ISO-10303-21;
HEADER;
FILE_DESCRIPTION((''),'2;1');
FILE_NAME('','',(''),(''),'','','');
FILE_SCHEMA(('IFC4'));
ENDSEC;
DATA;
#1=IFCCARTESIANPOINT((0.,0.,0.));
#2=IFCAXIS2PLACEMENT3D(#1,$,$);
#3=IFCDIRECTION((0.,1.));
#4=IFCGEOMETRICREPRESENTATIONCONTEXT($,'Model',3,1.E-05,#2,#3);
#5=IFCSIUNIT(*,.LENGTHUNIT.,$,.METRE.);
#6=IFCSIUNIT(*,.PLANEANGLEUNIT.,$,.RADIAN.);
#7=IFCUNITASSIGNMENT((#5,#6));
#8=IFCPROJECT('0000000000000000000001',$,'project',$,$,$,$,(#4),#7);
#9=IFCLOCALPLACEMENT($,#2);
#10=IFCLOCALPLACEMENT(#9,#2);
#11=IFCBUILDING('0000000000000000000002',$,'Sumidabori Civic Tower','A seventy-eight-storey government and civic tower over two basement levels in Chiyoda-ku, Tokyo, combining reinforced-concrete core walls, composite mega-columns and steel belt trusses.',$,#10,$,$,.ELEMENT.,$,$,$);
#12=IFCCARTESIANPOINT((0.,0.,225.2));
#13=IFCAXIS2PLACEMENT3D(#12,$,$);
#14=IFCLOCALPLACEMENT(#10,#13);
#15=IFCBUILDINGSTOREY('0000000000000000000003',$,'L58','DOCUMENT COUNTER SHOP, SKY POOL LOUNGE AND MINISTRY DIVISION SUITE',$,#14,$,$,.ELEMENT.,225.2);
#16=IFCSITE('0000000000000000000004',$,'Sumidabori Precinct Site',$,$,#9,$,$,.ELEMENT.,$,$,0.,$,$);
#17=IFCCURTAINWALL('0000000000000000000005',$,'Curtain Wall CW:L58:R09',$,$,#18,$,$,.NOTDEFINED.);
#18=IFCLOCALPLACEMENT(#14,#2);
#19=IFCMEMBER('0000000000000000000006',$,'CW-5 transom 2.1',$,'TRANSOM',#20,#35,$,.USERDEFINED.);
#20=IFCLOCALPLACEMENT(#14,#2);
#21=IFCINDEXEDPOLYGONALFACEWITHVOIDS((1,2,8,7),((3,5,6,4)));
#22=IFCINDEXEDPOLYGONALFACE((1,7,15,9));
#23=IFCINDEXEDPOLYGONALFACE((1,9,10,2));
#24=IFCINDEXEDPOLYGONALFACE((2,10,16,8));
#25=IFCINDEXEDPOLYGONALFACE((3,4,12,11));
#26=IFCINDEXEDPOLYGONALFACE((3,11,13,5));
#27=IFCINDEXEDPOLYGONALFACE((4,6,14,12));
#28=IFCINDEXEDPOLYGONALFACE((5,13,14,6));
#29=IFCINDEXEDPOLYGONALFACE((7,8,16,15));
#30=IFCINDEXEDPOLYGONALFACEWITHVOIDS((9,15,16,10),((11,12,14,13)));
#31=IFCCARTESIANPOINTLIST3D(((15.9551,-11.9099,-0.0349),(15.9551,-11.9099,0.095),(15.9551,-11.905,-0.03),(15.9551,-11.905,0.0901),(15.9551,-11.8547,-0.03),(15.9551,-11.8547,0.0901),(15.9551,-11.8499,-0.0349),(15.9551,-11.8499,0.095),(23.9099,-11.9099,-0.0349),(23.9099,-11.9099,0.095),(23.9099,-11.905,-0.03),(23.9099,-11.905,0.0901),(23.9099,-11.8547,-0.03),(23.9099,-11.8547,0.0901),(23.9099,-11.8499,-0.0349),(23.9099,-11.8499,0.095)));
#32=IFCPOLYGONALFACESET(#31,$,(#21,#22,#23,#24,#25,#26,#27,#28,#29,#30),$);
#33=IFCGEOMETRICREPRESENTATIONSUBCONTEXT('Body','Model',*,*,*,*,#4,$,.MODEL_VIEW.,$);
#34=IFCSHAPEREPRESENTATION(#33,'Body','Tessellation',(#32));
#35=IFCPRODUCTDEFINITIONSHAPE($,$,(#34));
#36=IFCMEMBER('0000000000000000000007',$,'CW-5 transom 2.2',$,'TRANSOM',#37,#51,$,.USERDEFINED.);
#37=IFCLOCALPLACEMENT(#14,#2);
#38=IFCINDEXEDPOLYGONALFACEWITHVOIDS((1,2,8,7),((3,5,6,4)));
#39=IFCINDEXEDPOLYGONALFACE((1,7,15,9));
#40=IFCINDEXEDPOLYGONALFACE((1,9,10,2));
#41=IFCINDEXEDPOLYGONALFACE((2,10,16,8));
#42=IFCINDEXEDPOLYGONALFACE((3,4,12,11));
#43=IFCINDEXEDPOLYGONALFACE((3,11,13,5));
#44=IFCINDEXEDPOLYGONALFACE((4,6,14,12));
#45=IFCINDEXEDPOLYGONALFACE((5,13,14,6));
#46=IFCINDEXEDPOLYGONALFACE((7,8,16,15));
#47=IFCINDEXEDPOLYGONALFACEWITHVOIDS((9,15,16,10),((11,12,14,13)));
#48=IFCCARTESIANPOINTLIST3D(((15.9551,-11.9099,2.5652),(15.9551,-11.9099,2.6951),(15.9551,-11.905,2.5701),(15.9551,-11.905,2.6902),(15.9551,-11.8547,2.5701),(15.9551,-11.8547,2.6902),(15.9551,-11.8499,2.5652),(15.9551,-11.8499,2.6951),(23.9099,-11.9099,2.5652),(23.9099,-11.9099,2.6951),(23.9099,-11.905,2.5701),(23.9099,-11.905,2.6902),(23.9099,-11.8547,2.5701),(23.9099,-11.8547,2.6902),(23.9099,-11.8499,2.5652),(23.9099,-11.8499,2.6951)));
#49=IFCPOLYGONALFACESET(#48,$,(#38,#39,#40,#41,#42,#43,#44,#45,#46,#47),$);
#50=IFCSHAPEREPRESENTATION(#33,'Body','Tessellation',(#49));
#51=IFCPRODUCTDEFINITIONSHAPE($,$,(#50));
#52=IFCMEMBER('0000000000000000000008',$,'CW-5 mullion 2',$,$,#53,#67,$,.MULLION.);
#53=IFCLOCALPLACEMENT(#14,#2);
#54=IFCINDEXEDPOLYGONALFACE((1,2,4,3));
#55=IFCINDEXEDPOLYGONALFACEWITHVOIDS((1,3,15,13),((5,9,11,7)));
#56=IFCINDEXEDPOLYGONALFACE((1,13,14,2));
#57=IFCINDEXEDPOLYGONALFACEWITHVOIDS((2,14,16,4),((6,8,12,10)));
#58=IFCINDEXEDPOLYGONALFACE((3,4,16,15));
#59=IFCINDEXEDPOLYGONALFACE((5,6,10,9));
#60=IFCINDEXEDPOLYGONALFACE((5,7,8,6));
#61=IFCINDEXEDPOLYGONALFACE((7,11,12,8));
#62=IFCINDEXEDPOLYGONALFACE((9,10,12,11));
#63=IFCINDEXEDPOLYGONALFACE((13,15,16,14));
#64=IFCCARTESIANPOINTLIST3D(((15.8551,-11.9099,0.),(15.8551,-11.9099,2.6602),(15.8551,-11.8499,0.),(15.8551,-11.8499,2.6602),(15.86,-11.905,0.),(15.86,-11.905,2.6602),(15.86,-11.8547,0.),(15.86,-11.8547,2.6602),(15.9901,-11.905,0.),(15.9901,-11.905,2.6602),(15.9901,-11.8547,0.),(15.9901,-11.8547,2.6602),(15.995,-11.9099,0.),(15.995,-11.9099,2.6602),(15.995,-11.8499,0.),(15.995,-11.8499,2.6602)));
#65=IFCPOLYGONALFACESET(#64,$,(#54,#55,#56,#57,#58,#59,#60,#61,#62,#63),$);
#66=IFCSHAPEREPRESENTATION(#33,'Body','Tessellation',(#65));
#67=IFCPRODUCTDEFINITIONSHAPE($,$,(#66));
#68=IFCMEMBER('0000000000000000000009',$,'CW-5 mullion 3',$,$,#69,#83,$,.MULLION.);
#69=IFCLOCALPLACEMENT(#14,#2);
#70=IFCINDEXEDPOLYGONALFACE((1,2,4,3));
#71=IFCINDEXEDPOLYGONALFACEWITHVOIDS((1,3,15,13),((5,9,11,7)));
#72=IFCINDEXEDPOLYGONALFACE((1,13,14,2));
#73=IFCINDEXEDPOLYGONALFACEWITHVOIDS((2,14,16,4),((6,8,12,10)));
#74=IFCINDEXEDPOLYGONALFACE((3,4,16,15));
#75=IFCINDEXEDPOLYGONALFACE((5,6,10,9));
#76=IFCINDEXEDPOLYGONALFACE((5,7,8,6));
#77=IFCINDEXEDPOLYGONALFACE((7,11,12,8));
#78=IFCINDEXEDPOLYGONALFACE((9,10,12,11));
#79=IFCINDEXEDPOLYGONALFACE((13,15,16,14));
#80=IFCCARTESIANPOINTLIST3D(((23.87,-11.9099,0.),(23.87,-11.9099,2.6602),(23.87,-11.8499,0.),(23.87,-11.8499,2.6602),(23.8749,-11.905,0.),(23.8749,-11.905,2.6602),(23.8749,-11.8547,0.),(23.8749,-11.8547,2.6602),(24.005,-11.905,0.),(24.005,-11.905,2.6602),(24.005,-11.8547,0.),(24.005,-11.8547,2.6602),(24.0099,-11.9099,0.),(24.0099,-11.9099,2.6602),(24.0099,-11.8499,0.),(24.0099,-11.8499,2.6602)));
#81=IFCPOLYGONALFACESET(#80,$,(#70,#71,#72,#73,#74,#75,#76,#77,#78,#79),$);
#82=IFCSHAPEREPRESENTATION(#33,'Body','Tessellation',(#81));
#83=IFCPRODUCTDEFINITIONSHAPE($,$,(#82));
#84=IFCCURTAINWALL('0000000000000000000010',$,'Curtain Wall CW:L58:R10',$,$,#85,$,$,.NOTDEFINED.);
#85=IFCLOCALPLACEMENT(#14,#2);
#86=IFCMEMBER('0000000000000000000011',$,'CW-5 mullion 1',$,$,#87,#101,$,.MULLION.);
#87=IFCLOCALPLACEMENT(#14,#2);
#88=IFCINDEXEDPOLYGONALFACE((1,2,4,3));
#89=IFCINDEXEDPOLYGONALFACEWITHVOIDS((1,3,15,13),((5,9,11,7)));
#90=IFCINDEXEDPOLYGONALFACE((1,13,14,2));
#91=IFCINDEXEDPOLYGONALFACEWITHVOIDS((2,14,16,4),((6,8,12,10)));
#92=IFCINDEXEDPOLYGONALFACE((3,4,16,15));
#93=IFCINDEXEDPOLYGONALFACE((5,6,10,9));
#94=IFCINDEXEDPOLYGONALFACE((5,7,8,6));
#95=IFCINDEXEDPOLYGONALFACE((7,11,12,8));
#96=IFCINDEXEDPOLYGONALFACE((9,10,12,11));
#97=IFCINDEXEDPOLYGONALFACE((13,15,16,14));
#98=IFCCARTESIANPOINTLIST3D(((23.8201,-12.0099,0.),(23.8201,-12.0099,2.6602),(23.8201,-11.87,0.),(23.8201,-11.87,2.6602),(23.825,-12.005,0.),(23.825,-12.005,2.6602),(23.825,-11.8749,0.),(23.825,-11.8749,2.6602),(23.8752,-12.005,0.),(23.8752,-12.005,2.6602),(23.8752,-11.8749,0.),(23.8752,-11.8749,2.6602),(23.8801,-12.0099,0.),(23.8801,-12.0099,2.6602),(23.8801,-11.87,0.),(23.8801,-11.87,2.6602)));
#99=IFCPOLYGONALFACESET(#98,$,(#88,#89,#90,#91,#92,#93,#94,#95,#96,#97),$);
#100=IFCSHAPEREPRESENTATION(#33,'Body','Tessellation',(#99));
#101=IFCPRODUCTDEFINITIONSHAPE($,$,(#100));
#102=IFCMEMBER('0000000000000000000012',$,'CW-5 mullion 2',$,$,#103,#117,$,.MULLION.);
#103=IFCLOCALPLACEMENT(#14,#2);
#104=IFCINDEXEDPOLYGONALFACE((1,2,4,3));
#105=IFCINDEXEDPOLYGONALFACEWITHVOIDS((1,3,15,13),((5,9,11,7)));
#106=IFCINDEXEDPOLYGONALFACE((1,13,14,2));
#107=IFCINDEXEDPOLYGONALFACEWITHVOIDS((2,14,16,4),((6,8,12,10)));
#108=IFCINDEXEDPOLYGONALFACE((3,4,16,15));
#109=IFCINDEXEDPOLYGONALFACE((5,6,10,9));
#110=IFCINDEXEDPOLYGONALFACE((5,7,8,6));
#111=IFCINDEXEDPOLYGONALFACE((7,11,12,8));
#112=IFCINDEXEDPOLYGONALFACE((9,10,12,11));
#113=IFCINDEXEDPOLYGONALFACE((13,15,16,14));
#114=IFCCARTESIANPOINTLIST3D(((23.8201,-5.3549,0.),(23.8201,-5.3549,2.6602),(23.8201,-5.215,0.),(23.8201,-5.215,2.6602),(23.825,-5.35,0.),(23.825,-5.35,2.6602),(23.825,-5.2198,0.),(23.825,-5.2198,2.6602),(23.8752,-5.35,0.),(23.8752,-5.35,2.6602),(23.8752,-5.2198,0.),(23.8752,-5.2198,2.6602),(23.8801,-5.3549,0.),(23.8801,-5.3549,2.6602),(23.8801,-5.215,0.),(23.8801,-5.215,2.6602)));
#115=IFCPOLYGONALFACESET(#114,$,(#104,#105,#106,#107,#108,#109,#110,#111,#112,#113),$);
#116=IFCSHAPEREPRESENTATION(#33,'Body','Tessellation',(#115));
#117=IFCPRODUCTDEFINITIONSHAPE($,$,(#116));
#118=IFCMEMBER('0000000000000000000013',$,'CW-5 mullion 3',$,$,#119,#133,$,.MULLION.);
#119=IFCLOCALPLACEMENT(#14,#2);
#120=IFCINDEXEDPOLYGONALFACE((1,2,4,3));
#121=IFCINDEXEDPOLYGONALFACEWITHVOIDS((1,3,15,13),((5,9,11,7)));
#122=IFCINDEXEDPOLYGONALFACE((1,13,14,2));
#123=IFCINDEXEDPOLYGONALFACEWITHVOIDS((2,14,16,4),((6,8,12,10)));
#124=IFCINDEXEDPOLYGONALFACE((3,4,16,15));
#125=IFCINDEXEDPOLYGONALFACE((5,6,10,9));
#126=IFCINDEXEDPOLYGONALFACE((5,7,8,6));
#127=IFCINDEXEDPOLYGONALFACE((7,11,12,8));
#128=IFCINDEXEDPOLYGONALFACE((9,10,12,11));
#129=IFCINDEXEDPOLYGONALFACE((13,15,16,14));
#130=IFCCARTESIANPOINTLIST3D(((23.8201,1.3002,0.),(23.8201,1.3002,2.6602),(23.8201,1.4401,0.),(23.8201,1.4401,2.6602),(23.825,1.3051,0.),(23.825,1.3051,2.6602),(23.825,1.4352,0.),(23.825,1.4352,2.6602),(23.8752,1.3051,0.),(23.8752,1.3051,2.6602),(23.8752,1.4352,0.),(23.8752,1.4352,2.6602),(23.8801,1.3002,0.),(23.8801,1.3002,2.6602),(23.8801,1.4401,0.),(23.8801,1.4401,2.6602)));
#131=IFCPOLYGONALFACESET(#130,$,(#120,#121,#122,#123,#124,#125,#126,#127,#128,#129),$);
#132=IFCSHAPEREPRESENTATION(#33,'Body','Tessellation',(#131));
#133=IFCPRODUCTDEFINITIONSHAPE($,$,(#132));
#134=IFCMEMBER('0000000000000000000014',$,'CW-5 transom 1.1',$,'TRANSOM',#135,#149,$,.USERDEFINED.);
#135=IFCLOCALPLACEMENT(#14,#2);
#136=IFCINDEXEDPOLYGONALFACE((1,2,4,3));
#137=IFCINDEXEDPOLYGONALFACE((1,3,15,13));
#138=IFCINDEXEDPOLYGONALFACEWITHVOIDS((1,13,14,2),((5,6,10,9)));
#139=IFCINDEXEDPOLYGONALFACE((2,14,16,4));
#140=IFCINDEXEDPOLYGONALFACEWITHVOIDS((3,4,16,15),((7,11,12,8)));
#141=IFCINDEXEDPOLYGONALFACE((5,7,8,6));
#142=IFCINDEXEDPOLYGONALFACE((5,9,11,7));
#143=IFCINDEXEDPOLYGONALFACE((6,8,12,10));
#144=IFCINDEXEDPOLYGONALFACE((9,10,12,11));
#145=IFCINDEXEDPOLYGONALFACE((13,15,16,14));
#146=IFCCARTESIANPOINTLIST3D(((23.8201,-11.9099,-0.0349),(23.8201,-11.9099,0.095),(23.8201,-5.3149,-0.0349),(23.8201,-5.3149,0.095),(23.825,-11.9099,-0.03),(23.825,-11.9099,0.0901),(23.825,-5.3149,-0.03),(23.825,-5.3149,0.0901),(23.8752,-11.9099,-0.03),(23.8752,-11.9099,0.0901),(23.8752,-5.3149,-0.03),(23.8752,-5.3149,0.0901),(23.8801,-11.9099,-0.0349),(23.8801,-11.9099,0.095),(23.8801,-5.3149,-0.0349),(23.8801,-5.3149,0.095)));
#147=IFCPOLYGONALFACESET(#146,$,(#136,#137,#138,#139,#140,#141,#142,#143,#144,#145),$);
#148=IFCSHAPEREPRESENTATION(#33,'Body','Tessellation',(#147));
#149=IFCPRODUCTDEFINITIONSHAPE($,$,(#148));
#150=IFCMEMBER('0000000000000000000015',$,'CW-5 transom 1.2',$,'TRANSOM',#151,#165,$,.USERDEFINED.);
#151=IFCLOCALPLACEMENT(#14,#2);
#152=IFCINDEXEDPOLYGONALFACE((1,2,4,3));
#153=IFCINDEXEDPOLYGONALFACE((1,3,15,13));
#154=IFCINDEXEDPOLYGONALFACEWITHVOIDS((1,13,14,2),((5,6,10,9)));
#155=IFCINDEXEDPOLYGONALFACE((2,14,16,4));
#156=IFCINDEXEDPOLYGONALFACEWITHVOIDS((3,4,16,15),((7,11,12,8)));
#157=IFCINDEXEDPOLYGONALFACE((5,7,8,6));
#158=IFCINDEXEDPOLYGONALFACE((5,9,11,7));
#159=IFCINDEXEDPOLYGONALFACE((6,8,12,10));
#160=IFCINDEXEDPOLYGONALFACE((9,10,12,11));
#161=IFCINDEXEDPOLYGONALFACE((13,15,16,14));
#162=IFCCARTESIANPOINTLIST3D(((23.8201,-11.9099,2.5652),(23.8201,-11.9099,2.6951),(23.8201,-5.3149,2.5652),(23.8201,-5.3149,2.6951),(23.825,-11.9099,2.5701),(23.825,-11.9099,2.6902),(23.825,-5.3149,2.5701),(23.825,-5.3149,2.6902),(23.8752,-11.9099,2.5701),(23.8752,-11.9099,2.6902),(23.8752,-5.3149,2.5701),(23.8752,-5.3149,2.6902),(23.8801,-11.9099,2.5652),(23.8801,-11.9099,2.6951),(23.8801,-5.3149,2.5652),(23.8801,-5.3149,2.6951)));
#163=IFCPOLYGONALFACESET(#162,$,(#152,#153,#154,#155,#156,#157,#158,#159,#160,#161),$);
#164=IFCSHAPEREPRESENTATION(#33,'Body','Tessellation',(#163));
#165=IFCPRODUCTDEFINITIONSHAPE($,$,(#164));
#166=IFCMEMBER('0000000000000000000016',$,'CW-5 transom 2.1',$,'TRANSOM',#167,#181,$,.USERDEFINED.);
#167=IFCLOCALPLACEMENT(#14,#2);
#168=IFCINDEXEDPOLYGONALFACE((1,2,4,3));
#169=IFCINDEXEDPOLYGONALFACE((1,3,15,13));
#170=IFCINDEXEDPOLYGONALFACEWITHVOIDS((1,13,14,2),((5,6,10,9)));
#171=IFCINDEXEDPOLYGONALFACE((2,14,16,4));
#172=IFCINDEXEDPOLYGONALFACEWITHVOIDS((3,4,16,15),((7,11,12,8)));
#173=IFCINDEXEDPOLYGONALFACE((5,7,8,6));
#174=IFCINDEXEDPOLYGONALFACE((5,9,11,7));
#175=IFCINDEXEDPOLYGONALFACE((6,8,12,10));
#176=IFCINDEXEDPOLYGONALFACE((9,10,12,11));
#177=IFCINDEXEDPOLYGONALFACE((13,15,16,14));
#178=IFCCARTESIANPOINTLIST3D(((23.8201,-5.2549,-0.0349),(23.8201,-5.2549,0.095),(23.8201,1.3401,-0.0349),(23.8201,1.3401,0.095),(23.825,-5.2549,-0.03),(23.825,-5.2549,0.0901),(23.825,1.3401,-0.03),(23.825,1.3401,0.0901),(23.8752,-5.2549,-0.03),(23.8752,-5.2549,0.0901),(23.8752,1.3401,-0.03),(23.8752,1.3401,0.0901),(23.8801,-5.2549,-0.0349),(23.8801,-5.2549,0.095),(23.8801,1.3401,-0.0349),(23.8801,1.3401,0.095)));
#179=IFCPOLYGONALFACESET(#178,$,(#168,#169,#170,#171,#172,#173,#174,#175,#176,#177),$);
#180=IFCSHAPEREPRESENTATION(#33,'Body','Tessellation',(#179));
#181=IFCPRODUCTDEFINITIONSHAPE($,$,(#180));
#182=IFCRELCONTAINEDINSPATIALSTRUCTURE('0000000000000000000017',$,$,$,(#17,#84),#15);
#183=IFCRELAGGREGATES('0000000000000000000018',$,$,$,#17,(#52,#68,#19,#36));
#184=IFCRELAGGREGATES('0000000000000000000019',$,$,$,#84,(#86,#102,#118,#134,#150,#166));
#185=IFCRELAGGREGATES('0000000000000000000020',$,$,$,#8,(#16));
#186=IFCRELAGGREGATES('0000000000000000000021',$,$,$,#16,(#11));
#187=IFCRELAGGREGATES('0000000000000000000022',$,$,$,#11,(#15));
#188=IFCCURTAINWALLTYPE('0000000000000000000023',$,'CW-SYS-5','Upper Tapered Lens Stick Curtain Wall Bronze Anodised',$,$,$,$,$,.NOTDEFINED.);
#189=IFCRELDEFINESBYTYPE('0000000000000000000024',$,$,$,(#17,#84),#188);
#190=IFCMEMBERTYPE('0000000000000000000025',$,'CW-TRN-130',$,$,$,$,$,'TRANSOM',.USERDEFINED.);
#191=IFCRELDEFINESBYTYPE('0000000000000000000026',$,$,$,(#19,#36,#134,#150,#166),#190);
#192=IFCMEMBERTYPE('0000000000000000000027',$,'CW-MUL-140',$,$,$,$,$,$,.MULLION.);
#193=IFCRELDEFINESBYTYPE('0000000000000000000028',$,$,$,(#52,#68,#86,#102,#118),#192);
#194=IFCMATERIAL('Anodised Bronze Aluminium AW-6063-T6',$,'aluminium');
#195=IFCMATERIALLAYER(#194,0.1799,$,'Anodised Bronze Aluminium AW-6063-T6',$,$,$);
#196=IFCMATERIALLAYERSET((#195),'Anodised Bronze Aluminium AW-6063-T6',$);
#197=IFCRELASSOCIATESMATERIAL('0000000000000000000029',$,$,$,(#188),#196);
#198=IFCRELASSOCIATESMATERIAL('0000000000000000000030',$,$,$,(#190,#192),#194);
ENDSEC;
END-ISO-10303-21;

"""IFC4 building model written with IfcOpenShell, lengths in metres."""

from ifc_helpers import new_model, si_unit, direction, frame, origin, origin_2d, place, context, subcontext, project, spatial, hollow_rectangle, extrude, source, transform, mapped, material, layer, layer_set, material_profile, profile_set, type_object, element, aggregate, save


model = new_model("IFC4")

# Units and contexts
model_context = context("Model", 3, precision=1e-05, world=origin(), true_north=direction((0.0, 1.0)))
body_context = subcontext(model_context, "Body", "Model", "MODEL_VIEW")
ifc_project = project(units=[si_unit("LENGTHUNIT", "METRE"), si_unit("PLANEANGLEUNIT", "RADIAN")], contexts=[model_context])

# Site, building, storey
site_placement = place(None, origin())
site = spatial("IfcSite", under=ifc_project, at=site_placement, Name="Sumidabori Precinct Site", CompositionType="ELEMENT", RefElevation=0.0)
building_placement = place(site_placement, origin())
building = spatial("IfcBuilding", under=site, at=building_placement, Name="Sumidabori Civic Tower", Description="A seventy-eight-storey government and civic tower over two basement levels in Chiyoda-ku, Tokyo, combining reinforced-concrete core walls, composite mega-columns and steel belt trusses.", CompositionType="ELEMENT")
storey_placement = place(building_placement, frame((0.0, 0.0, 225.2)))
storey = spatial("IfcBuildingStorey", under=building, at=storey_placement, Name="L58", Description="DOCUMENT COUNTER SHOP, SKY POOL LOUNGE AND MINISTRY DIVISION SUITE", CompositionType="ELEMENT", Elevation=225.2)

# Curtain walls, members
ifc_material_1 = material(Name="Anodised Bronze Aluminium AW-6063-T6", Category="aluminium")
ifc_layer_1 = layer(ifc_material_1, 0.1799, Name="Anodised Bronze Aluminium AW-6063-T6")
ifc_layer_set_1 = layer_set([ifc_layer_1], Name="Anodised Bronze Aluminium AW-6063-T6")
curtain_wall_type = type_object("IfcCurtainWallType", Name="CW-SYS-5", Description="Upper Tapered Lens Stick Curtain Wall Bronze Anodised", PredefinedType="NOTDEFINED", material=ifc_layer_set_1)
curtain_wall_1_placement = place(storey_placement, origin())
curtain_wall_1 = element("IfcCurtainWall", 1, at=curtain_wall_1_placement, inside=storey, type_object=curtain_wall_type, Name="Curtain Wall CW:L58:R09", PredefinedType="NOTDEFINED")
ifc_material_profile_1 = material_profile(ifc_material_1, hollow_rectangle(XDim=0.0601, YDim=0.1299, WallThickness=0.0049, at=origin_2d()), Name="ALU TRANSOM 130x60")
ifc_profile_set_1 = profile_set([ifc_material_profile_1], Name="Anodised Bronze Aluminium AW-6063-T6")
member_type_1 = type_object("IfcMemberType", Name="CW-TRN-130", ElementType="TRANSOM", PredefinedType="USERDEFINED", material=ifc_profile_set_1)
shared_shape_1 = source(origin(), body_context, "Body", "SweptSolid", [
    extrude(hollow_rectangle(XDim=0.0601, YDim=0.1299, WallThickness=0.0049, at=origin_2d()), origin(), (0.0, 0.0, 1.0), 7.9548),
])
member_1_placement = place(storey_placement, frame((15.9551, -11.8799, 0.03), z_axis=(1.0, 0.0, 0.0), x_axis=(0.0, 1.0, 0.0)))
member_1 = element("IfcMember", 2, at=member_1_placement, type_object=member_type_1, Name="CW-5 transom 2.1", ObjectType="TRANSOM", PredefinedType="USERDEFINED", context=body_context, shape_type="MappedRepresentation", body=[
    mapped(shared_shape_1, transform((0.0, 0.0, 0.0), x_axis=(1.0, 0.0, 0.0), y_axis=(0.0, 1.0, 0.0), z_axis=(0.0, 0.0, 1.0), scale=1.0)),
])
member_2_placement = place(storey_placement, frame((15.9551, -11.8799, 2.6301), z_axis=(1.0, 0.0, 0.0), x_axis=(0.0, 1.0, 0.0)))
member_2 = element("IfcMember", 3, at=member_2_placement, type_object=member_type_1, Name="CW-5 transom 2.2", ObjectType="TRANSOM", PredefinedType="USERDEFINED", context=body_context, shape_type="MappedRepresentation", body=[
    mapped(shared_shape_1, transform((0.0, 0.0, 0.0), x_axis=(1.0, 0.0, 0.0), y_axis=(0.0, 1.0, 0.0), z_axis=(0.0, 0.0, 1.0), scale=1.0)),
])
ifc_material_profile_2 = material_profile(ifc_material_1, hollow_rectangle(XDim=0.0601, YDim=0.1399, WallThickness=0.0049, at=origin_2d()), Name="ALU MULLION 140x60")
ifc_profile_set_2 = profile_set([ifc_material_profile_2], Name="Anodised Bronze Aluminium AW-6063-T6")
member_type_2 = type_object("IfcMemberType", Name="CW-MUL-140", PredefinedType="MULLION", material=ifc_profile_set_2)
shared_shape_2 = source(origin(), body_context, "Body", "SweptSolid", [
    extrude(hollow_rectangle(XDim=0.0601, YDim=0.1399, WallThickness=0.0049, at=origin_2d()), origin(), (0.0, 0.0, 1.0), 2.6602),
])
member_3_placement = place(storey_placement, frame((15.925, -11.8799, 0.0), z_axis=(0.0, 0.0, 1.0), x_axis=(0.0, 1.0, 0.0)))
member_3 = element("IfcMember", 4, at=member_3_placement, type_object=member_type_2, Name="CW-5 mullion 2", PredefinedType="MULLION", context=body_context, shape_type="MappedRepresentation", body=[
    mapped(shared_shape_2, transform((0.0, 0.0, 0.0), x_axis=(1.0, 0.0, 0.0), y_axis=(0.0, 1.0, 0.0), z_axis=(0.0, 0.0, 1.0), scale=1.0)),
])
member_4_placement = place(storey_placement, frame((23.9399, -11.8799, 0.0), z_axis=(0.0, 0.0, 1.0), x_axis=(0.0, 1.0, 0.0)))
member_4 = element("IfcMember", 5, at=member_4_placement, type_object=member_type_2, Name="CW-5 mullion 3", PredefinedType="MULLION", context=body_context, shape_type="MappedRepresentation", body=[
    mapped(shared_shape_2, transform((0.0, 0.0, 0.0), x_axis=(1.0, 0.0, 0.0), y_axis=(0.0, 1.0, 0.0), z_axis=(0.0, 0.0, 1.0), scale=1.0)),
])
curtain_wall_2_placement = place(storey_placement, origin())
curtain_wall_2 = element("IfcCurtainWall", 6, at=curtain_wall_2_placement, inside=storey, type_object=curtain_wall_type, Name="Curtain Wall CW:L58:R10", PredefinedType="NOTDEFINED")
member_5_placement = place(storey_placement, frame((23.8501, -11.9399, 0.0), z_axis=(0.0, 0.0, 1.0), x_axis=(-1.0, 0.0, 0.0)))
member_5 = element("IfcMember", 7, at=member_5_placement, type_object=member_type_2, Name="CW-5 mullion 1", PredefinedType="MULLION", context=body_context, shape_type="MappedRepresentation", body=[
    mapped(shared_shape_2, transform((0.0, 0.0, 0.0), x_axis=(1.0, 0.0, 0.0), y_axis=(0.0, 1.0, 0.0), z_axis=(0.0, 0.0, 1.0), scale=1.0)),
])
member_6_placement = place(storey_placement, frame((23.8501, -5.2849, 0.0), z_axis=(0.0, 0.0, 1.0), x_axis=(-1.0, 0.0, 0.0)))
member_6 = element("IfcMember", 8, at=member_6_placement, type_object=member_type_2, Name="CW-5 mullion 2", PredefinedType="MULLION", context=body_context, shape_type="MappedRepresentation", body=[
    mapped(shared_shape_2, transform((0.0, 0.0, 0.0), x_axis=(1.0, 0.0, 0.0), y_axis=(0.0, 1.0, 0.0), z_axis=(0.0, 0.0, 1.0), scale=1.0)),
])
member_7_placement = place(storey_placement, frame((23.8501, 1.3701, 0.0), z_axis=(0.0, 0.0, 1.0), x_axis=(-1.0, 0.0, 0.0)))
member_7 = element("IfcMember", 9, at=member_7_placement, type_object=member_type_2, Name="CW-5 mullion 3", PredefinedType="MULLION", context=body_context, shape_type="MappedRepresentation", body=[
    mapped(shared_shape_2, transform((0.0, 0.0, 0.0), x_axis=(1.0, 0.0, 0.0), y_axis=(0.0, 1.0, 0.0), z_axis=(0.0, 0.0, 1.0), scale=1.0)),
])
shared_shape_3 = source(origin(), body_context, "Body", "SweptSolid", [
    extrude(hollow_rectangle(XDim=0.0601, YDim=0.1299, WallThickness=0.0049, at=origin_2d()), origin(), (0.0, 0.0, 1.0), 6.595),
])
member_8_placement = place(storey_placement, frame((23.8501, -11.9099, 0.03), z_axis=(0.0, 1.0, 0.0), x_axis=(-1.0, 0.0, 0.0)))
member_8 = element("IfcMember", 10, at=member_8_placement, type_object=member_type_1, Name="CW-5 transom 1.1", ObjectType="TRANSOM", PredefinedType="USERDEFINED", context=body_context, shape_type="MappedRepresentation", body=[
    mapped(shared_shape_3, transform((0.0, 0.0, 0.0), x_axis=(1.0, 0.0, 0.0), y_axis=(0.0, 1.0, 0.0), z_axis=(0.0, 0.0, 1.0), scale=1.0)),
])
member_9_placement = place(storey_placement, frame((23.8501, -11.9099, 2.6301), z_axis=(0.0, 1.0, 0.0), x_axis=(-1.0, 0.0, 0.0)))
member_9 = element("IfcMember", 11, at=member_9_placement, type_object=member_type_1, Name="CW-5 transom 1.2", ObjectType="TRANSOM", PredefinedType="USERDEFINED", context=body_context, shape_type="MappedRepresentation", body=[
    mapped(shared_shape_3, transform((0.0, 0.0, 0.0), x_axis=(1.0, 0.0, 0.0), y_axis=(0.0, 1.0, 0.0), z_axis=(0.0, 0.0, 1.0), scale=1.0)),
])
member_10_placement = place(storey_placement, frame((23.8501, -5.2549, 0.03), z_axis=(0.0, 1.0, 0.0), x_axis=(-1.0, 0.0, 0.0)))
member_10 = element("IfcMember", 12, at=member_10_placement, type_object=member_type_1, Name="CW-5 transom 2.1", ObjectType="TRANSOM", PredefinedType="USERDEFINED", context=body_context, shape_type="MappedRepresentation", body=[
    mapped(shared_shape_3, transform((0.0, 0.0, 0.0), x_axis=(1.0, 0.0, 0.0), y_axis=(0.0, 1.0, 0.0), z_axis=(0.0, 0.0, 1.0), scale=1.0)),
])

aggregate(curtain_wall_1, [member_3, member_4, member_1, member_2])
aggregate(curtain_wall_2, [member_5, member_6, member_7, member_8, member_9, member_10])

save(model, "model.ifc")
